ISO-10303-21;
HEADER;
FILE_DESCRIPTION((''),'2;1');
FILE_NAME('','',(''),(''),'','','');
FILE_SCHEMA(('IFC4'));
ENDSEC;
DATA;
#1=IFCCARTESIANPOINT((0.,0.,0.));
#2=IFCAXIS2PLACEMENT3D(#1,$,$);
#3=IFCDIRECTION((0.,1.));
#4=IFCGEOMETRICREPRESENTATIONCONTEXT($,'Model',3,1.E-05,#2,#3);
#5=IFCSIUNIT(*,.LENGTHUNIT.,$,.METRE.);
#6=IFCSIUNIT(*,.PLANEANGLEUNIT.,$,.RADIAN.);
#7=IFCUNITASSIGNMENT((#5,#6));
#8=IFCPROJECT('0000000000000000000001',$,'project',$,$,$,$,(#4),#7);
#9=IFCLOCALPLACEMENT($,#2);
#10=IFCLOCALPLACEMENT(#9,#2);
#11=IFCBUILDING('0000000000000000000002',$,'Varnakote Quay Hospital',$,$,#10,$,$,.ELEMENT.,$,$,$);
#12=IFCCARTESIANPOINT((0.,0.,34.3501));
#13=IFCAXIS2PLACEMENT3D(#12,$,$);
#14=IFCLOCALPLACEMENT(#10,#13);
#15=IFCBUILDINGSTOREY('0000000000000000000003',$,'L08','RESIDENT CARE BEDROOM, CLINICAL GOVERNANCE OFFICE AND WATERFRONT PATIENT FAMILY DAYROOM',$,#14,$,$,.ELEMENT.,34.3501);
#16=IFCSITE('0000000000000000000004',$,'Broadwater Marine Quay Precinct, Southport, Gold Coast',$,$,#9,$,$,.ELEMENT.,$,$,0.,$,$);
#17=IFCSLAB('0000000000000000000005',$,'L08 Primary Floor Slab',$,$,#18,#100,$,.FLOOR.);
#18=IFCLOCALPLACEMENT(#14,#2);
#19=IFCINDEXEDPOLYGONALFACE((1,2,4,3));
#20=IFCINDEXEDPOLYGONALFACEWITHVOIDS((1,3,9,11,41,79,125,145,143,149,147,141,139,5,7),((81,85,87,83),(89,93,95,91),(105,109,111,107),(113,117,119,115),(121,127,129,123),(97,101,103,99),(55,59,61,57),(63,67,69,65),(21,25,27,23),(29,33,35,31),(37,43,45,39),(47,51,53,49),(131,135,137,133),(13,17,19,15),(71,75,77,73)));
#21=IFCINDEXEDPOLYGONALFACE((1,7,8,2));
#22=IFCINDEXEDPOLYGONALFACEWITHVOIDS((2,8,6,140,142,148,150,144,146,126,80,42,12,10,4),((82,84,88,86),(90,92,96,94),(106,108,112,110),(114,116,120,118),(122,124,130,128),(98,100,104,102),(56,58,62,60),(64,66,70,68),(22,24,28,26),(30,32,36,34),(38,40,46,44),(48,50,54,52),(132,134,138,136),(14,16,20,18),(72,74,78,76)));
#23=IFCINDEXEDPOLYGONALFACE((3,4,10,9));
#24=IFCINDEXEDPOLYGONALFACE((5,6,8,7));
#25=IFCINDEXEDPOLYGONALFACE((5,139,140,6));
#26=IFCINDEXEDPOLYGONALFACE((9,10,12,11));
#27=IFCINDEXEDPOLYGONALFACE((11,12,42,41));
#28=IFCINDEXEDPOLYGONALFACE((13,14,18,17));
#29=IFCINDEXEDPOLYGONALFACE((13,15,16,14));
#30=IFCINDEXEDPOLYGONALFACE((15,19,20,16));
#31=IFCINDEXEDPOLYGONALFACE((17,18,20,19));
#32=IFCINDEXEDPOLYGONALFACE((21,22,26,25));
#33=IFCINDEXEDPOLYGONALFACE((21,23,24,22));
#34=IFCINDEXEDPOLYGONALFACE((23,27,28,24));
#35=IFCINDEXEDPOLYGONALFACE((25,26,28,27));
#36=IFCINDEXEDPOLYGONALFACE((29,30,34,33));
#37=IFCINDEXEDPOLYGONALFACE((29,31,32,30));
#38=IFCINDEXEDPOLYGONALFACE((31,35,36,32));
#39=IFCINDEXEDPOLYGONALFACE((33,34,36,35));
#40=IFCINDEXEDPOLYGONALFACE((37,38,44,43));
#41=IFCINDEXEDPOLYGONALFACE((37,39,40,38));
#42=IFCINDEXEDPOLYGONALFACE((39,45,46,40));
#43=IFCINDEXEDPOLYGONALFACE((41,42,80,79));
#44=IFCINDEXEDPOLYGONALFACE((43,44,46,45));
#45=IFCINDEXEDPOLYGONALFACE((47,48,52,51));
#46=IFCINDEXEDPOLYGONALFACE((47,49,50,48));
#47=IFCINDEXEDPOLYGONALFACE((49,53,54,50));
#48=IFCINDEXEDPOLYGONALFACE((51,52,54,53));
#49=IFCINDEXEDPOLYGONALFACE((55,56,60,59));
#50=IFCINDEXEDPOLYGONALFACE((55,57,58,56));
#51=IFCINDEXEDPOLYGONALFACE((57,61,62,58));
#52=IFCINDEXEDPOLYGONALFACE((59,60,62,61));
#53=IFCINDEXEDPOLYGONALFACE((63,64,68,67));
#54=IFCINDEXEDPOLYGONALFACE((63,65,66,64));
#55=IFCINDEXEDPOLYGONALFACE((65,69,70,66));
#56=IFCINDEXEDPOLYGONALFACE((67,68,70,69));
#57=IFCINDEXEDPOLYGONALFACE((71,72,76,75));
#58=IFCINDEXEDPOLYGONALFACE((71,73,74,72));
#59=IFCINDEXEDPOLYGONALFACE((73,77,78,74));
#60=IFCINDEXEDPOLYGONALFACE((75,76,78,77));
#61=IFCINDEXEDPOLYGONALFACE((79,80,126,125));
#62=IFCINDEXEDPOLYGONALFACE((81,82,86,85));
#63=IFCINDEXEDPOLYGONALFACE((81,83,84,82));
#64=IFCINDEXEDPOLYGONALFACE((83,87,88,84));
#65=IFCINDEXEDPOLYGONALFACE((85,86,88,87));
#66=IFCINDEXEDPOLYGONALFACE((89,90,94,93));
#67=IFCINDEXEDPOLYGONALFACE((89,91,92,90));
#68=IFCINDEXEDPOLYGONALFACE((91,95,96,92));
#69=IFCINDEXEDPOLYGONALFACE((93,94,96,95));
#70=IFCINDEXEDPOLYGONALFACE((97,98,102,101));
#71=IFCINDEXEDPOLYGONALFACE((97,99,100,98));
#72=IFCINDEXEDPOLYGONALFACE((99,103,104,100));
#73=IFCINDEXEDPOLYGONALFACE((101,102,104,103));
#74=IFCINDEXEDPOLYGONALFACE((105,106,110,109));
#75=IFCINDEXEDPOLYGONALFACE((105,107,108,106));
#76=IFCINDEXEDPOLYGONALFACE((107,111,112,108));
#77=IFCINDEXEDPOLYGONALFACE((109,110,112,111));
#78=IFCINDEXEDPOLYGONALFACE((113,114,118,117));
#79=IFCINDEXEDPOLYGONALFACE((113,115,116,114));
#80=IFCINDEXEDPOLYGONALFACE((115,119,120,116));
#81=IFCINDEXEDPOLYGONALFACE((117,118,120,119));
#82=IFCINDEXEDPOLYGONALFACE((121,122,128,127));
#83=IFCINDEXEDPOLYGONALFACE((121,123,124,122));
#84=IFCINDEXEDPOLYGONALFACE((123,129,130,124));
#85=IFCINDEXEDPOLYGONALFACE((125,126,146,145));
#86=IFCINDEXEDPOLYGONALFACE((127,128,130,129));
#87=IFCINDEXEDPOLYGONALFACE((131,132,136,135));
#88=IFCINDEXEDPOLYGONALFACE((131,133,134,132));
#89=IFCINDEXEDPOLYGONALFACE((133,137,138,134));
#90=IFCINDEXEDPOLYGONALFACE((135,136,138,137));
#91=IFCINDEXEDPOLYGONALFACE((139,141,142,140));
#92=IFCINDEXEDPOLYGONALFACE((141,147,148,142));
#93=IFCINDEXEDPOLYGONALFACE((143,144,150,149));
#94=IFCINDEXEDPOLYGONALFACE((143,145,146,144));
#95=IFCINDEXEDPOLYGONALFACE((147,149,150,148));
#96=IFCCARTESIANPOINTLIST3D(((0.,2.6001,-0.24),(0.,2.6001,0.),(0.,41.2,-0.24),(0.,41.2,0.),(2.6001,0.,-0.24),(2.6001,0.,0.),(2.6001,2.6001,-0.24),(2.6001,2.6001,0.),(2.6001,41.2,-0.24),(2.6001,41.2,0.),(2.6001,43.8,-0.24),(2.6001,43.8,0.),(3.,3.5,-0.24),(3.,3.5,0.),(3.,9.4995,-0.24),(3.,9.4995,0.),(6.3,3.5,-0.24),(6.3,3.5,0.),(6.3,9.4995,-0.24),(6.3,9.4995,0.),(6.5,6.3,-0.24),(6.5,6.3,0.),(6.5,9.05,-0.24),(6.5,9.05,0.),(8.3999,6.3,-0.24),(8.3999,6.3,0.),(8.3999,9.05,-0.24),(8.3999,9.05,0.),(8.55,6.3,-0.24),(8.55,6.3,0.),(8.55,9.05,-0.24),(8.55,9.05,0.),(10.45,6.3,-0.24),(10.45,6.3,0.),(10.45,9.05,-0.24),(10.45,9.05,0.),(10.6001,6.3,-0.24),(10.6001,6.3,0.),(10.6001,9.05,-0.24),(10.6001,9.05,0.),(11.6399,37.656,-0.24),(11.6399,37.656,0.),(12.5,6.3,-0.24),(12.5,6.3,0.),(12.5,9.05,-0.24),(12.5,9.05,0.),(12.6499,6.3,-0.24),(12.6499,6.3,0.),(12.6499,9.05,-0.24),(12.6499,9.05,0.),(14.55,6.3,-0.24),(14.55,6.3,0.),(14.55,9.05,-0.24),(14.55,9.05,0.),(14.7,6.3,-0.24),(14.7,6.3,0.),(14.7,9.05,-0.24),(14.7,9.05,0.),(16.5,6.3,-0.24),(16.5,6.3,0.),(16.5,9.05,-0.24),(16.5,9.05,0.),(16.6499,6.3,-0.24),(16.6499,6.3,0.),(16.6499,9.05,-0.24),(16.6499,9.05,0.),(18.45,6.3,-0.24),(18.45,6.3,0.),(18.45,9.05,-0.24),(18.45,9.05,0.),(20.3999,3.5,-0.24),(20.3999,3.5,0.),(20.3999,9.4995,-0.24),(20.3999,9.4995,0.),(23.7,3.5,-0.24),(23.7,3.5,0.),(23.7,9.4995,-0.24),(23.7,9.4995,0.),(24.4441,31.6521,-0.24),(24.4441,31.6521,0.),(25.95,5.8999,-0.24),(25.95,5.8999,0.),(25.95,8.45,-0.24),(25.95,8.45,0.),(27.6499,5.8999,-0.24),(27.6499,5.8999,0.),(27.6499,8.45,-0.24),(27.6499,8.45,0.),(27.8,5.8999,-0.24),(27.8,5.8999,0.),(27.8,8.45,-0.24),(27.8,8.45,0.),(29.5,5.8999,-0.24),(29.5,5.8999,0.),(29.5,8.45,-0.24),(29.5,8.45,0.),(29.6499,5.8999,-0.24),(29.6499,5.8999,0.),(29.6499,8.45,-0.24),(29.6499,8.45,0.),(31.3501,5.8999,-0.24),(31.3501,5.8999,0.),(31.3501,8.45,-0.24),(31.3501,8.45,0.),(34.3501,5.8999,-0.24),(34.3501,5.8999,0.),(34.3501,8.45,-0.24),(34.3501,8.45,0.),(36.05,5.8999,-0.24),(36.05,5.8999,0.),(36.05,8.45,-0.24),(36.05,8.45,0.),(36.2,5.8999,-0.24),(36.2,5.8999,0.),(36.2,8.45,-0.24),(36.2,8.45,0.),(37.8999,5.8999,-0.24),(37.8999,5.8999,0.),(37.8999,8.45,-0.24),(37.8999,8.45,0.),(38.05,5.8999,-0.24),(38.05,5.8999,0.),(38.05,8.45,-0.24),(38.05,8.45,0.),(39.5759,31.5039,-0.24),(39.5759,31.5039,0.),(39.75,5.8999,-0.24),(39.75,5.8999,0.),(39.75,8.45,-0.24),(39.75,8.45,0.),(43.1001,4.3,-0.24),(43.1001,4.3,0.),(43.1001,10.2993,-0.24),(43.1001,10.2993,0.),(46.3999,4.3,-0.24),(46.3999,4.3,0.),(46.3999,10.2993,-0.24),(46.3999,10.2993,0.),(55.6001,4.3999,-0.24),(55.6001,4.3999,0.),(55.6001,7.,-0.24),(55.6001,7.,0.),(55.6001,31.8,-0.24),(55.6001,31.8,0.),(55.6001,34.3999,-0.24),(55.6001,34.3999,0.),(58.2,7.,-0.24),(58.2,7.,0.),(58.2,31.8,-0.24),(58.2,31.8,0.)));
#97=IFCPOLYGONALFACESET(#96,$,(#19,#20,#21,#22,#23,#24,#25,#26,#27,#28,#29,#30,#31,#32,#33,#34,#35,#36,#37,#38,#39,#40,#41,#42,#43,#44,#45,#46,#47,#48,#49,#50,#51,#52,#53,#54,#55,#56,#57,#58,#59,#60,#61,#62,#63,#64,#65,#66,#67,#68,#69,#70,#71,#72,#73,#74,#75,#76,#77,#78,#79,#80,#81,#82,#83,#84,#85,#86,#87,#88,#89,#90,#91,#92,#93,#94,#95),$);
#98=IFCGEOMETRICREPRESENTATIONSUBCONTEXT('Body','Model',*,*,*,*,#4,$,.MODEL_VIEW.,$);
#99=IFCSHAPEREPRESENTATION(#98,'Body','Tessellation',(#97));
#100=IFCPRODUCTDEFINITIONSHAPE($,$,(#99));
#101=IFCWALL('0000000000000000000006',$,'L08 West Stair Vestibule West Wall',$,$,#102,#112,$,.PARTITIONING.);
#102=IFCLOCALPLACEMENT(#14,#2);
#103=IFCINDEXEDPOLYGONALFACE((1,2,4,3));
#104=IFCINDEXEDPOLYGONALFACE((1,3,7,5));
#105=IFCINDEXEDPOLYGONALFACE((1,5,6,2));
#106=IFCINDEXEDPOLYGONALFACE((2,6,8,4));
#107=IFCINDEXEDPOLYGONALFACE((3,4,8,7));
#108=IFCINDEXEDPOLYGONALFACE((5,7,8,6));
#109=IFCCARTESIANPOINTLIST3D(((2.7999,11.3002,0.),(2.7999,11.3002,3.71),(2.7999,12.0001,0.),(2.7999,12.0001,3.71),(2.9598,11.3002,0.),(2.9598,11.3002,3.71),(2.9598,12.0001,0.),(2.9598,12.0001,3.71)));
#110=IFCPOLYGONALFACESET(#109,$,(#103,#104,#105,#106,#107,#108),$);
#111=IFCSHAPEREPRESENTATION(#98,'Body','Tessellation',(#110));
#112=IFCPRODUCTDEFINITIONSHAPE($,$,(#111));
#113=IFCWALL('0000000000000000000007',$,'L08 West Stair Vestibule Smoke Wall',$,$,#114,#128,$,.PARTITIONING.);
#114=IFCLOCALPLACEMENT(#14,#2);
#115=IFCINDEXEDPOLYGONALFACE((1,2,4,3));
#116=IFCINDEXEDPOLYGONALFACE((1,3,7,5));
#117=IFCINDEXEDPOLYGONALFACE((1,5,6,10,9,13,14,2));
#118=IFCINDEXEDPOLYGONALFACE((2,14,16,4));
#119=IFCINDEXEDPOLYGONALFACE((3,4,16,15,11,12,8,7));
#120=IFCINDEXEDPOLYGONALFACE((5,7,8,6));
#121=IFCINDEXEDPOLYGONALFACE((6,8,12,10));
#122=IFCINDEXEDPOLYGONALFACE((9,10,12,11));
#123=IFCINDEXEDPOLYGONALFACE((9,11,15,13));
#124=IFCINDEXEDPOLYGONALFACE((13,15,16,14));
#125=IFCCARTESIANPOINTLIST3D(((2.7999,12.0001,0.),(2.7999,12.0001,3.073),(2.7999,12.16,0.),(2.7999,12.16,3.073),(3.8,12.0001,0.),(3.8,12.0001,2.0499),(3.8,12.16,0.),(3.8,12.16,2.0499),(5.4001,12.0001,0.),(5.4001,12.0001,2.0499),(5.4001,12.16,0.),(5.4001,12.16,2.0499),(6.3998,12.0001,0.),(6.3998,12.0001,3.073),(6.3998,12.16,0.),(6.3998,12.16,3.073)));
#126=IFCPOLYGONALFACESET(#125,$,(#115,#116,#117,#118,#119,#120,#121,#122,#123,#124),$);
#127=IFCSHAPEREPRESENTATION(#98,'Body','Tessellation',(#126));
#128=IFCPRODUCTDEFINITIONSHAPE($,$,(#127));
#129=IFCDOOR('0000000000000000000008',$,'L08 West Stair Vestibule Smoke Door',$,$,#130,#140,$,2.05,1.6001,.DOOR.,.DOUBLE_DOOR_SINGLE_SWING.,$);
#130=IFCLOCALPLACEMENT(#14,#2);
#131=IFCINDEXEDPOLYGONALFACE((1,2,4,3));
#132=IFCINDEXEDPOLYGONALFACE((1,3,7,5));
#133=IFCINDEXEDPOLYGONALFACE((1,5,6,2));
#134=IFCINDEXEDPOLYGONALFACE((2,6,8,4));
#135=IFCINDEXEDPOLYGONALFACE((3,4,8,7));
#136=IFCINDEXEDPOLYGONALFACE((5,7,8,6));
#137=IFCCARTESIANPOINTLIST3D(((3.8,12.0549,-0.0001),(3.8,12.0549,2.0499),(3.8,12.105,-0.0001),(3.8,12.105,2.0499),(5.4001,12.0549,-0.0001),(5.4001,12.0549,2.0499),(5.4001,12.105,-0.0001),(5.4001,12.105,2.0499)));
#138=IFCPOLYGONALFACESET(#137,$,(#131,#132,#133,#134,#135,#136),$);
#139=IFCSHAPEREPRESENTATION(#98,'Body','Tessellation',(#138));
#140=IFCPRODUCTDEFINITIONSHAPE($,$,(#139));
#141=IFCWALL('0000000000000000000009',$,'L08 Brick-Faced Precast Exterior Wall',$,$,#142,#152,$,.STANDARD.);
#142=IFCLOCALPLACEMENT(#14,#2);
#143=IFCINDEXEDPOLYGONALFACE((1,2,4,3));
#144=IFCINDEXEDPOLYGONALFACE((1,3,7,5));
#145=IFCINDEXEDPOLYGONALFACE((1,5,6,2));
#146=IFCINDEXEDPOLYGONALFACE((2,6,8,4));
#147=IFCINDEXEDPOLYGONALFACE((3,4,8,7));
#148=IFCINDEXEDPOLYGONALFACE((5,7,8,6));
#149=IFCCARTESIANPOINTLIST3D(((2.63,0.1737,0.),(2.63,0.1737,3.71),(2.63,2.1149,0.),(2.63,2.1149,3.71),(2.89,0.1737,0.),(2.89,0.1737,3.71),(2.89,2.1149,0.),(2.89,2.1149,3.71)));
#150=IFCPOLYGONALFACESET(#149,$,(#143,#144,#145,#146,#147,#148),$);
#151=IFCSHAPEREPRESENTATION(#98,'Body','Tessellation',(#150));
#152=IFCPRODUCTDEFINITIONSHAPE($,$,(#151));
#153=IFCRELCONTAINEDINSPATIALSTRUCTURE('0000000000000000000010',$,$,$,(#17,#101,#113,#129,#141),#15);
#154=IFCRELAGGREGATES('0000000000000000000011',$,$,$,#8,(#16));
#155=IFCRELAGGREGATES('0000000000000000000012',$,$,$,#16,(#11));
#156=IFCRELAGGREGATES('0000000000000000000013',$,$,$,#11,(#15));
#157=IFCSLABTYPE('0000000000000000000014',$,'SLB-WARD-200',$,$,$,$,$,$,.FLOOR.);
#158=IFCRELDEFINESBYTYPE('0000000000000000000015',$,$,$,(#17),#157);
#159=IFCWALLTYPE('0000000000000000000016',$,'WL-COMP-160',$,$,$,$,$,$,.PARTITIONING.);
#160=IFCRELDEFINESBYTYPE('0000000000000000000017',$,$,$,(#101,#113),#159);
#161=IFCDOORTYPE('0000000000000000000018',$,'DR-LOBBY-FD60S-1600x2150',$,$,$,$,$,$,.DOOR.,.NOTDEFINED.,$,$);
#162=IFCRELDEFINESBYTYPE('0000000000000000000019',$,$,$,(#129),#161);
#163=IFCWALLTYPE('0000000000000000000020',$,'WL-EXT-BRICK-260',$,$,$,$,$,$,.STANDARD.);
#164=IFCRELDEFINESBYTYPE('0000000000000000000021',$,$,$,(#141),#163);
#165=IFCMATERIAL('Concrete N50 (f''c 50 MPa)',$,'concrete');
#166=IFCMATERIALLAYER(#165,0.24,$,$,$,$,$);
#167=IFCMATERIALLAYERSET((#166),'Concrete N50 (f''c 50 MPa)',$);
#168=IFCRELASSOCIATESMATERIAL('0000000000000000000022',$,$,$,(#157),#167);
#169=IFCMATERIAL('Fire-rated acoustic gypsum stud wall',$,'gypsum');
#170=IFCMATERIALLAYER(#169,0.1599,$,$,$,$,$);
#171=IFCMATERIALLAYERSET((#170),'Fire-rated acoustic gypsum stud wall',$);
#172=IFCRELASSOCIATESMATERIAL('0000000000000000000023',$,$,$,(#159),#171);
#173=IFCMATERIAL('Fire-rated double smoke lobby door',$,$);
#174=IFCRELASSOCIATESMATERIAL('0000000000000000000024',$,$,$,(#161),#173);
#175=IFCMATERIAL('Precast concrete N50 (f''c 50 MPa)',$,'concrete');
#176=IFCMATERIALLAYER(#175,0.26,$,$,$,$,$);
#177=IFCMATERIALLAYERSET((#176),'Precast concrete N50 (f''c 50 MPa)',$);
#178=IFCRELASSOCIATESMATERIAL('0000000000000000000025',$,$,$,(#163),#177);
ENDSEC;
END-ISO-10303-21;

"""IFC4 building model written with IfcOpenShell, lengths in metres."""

from ifc_helpers import new_model, si_unit, direction, frame, frame_2d, origin, place, context, subcontext, project, spatial, polyline, rectangle, outline, extrude, material, layer, layer_set, type_object, element, fill, save


model = new_model("IFC4")

# Units and contexts
model_context = context("Model", 3, precision=1e-05, world=origin(), true_north=direction((0.0, 1.0)))
body_context = subcontext(model_context, "Body", "Model", "MODEL_VIEW")
ifc_project = project(units=[si_unit("LENGTHUNIT", "METRE"), si_unit("PLANEANGLEUNIT", "RADIAN")], contexts=[model_context])

# Site, building, storey
site_placement = place(None, origin())
site = spatial("IfcSite", under=ifc_project, at=site_placement, Name="Broadwater Marine Quay Precinct, Southport, Gold Coast", CompositionType="ELEMENT", RefElevation=0.0)
building_placement = place(site_placement, origin())
building = spatial("IfcBuilding", under=site, at=building_placement, Name="Varnakote Quay Hospital", CompositionType="ELEMENT")
storey_placement = place(building_placement, frame((0.0, 0.0, 34.3501)))
storey = spatial("IfcBuildingStorey", under=building, at=storey_placement, Name="L08", Description="RESIDENT CARE BEDROOM, CLINICAL GOVERNANCE OFFICE AND WATERFRONT PATIENT FAMILY DAYROOM", CompositionType="ELEMENT", Elevation=34.3501)

# Slab
ifc_material_1 = material(Name="Concrete N50 (f'c 50 MPa)", Category="concrete")
ifc_layer_1 = layer(ifc_material_1, 0.24)
ifc_layer_set_1 = layer_set([ifc_layer_1], Name="Concrete N50 (f'c 50 MPa)")
slab_type_1 = type_object("IfcSlabType", Name="SLB-WARD-200", PredefinedType="FLOOR", material=ifc_layer_set_1)
slab_1_placement = place(storey_placement, frame((0.0, 0.0, -0.24)))
element("IfcSlab", 1, at=slab_1_placement, inside=storey, type_object=slab_type_1, Name="L08 Primary Floor Slab", PredefinedType="FLOOR", context=body_context, shape_type="SweptSolid", body=[
    extrude(outline(polyline([(0.0, 2.6001), (2.6001, 2.6001), (2.6001, 0.0), (55.6001, 4.3999), (55.6001, 7.0), (58.2, 7.0), (58.2, 31.8), (55.6001, 31.8), (55.6001, 34.3999), (39.5759, 31.5039), (24.4441, 31.6521), (11.6399, 37.656), (2.6001, 43.8), (2.6001, 41.2), (0.0, 41.2), (0.0, 2.6001)]), holes=[polyline([(3.0, 3.5), (6.3, 3.5), (6.3, 9.4995), (3.0, 9.4995), (3.0, 3.5)]), polyline([(20.3999, 3.5), (23.7, 3.5), (23.7, 9.4995), (20.3999, 9.4995), (20.3999, 3.5)]), polyline([(43.1001, 4.3), (46.3999, 4.3), (46.3999, 10.2993), (43.1001, 10.2993), (43.1001, 4.3)]), polyline([(6.5, 6.3), (8.3999, 6.3), (8.3999, 9.05), (6.5, 9.05), (6.5, 6.3)]), polyline([(8.55, 6.3), (10.45, 6.3), (10.45, 9.05), (8.55, 9.05), (8.55, 6.3)]), polyline([(10.6001, 6.3), (12.5, 6.3), (12.5, 9.05), (10.6001, 9.05), (10.6001, 6.3)]), polyline([(12.6499, 6.3), (14.55, 6.3), (14.55, 9.05), (12.6499, 9.05), (12.6499, 6.3)]), polyline([(14.7, 6.3), (16.5, 6.3), (16.5, 9.05), (14.7, 9.05), (14.7, 6.3)]), polyline([(16.6499, 6.3), (18.45, 6.3), (18.45, 9.05), (16.6499, 9.05), (16.6499, 6.3)]), polyline([(25.95, 5.8999), (27.6499, 5.8999), (27.6499, 8.45), (25.95, 8.45), (25.95, 5.8999)]), polyline([(27.8, 5.8999), (29.5, 5.8999), (29.5, 8.45), (27.8, 8.45), (27.8, 5.8999)]), polyline([(29.6499, 5.8999), (31.3501, 5.8999), (31.3501, 8.45), (29.6499, 8.45), (29.6499, 5.8999)]), polyline([(34.3501, 5.8999), (36.05, 5.8999), (36.05, 8.45), (34.3501, 8.45), (34.3501, 5.8999)]), polyline([(36.2, 5.8999), (37.8999, 5.8999), (37.8999, 8.45), (36.2, 8.45), (36.2, 5.8999)]), polyline([(38.05, 5.8999), (39.75, 5.8999), (39.75, 8.45), (38.05, 8.45), (38.05, 5.8999)])]), origin(), (0.0, 0.0, 1.0), 0.24),
])

# Wall
ifc_material_2 = material(Name="Fire-rated acoustic gypsum stud wall", Category="gypsum")
ifc_layer_2 = layer(ifc_material_2, 0.1599)
ifc_layer_set_2 = layer_set([ifc_layer_2], Name="Fire-rated acoustic gypsum stud wall")
wall_type_1 = type_object("IfcWallType", Name="WL-COMP-160", PredefinedType="PARTITIONING", material=ifc_layer_set_2)
wall_1_placement = place(storey_placement, frame((2.8799, 11.3, 0.0), z_axis=(0.0, 0.0, 1.0), x_axis=(0.0, 1.0, 0.0)))
element("IfcWall", 2, at=wall_1_placement, inside=storey, type_object=wall_type_1, Name="L08 West Stair Vestibule West Wall", PredefinedType="PARTITIONING", context=body_context, shape_type="SweptSolid", body=[
    extrude(rectangle(XDim=0.7, YDim=0.1599, at=frame_2d((0.3501, 0.0))), origin(), (0.0, 0.0, 1.0), 3.71),
])

# Wall, opening, door
wall_2_placement = place(storey_placement, frame((2.8, 12.0801, 0.0), z_axis=(0.0, 0.0, 1.0), x_axis=(1.0, 0.0, 0.0)))
wall_2 = element("IfcWall", 3, at=wall_2_placement, inside=storey, type_object=wall_type_1, Name="L08 West Stair Vestibule Smoke Wall", PredefinedType="PARTITIONING", context=body_context, shape_type="SweptSolid", body=[
    extrude(rectangle(XDim=3.5999, YDim=0.1599, at=frame_2d((1.7998, 0.0))), origin(), (0.0, 0.0, 1.0), 3.073),
])
opening_1_placement = place(wall_2_placement, frame((1.0, 0.0, 0.0)))
opening_1 = element("IfcOpeningElement", 4, at=opening_1_placement, cuts=wall_2, PredefinedType="OPENING", context=body_context, shape_type="SweptSolid", body=[
    extrude(rectangle(XDim=1.6001, YDim=2.05, at=frame_2d((0.8, 1.0249))), frame((0.0, 0.0898, 0.0), z_axis=(0.0, -1.0, 0.0), x_axis=(1.0, 0.0, 0.0)), (0.0, 0.0, 1.0), 0.1799),
])
ifc_material_3 = material(Name="Fire-rated double smoke lobby door")
door_type_1 = type_object("IfcDoorType", Name="DR-LOBBY-FD60S-1600x2150", OperationType="NOTDEFINED", PredefinedType="DOOR", material=ifc_material_3)
door_1_placement = place(opening_1_placement, origin())
door_1 = element("IfcDoor", 5, at=door_1_placement, inside=storey, type_object=door_type_1, Name="L08 West Stair Vestibule Smoke Door", OperationType="DOUBLE_DOOR_SINGLE_SWING", OverallHeight=2.05, OverallWidth=1.6001, PredefinedType="DOOR", context=body_context, shape_type="SweptSolid", body=[
    extrude(rectangle(XDim=1.6001, YDim=2.05, at=frame_2d((0.8, 1.0249))), frame((0.0, 0.0249, 0.0), z_axis=(0.0, -1.0, 0.0), x_axis=(1.0, 0.0, 0.0)), (0.0, 0.0, 1.0), 0.05),
])
fill(opening_1, door_1)

# Wall
ifc_material_4 = material(Name="Precast concrete N50 (f'c 50 MPa)", Category="concrete")
ifc_layer_3 = layer(ifc_material_4, 0.26)
ifc_layer_set_3 = layer_set([ifc_layer_3], Name="Precast concrete N50 (f'c 50 MPa)")
wall_type_2 = type_object("IfcWallType", Name="WL-EXT-BRICK-260", PredefinedType="STANDARD", material=ifc_layer_set_3)
wall_3_placement = place(storey_placement, frame((2.76, 2.115, 0.0), z_axis=(0.0, 0.0, 1.0), x_axis=(0.0, -1.0, 0.0)))
element("IfcWall", 6, at=wall_3_placement, inside=storey, type_object=wall_type_2, Name="L08 Brick-Faced Precast Exterior Wall", PredefinedType="STANDARD", context=body_context, shape_type="SweptSolid", body=[
    extrude(rectangle(XDim=1.9412, YDim=0.26, at=frame_2d((0.9707, 0.0))), origin(), (0.0, 0.0, 1.0), 3.71),
])

save(model, "model.ifc")
